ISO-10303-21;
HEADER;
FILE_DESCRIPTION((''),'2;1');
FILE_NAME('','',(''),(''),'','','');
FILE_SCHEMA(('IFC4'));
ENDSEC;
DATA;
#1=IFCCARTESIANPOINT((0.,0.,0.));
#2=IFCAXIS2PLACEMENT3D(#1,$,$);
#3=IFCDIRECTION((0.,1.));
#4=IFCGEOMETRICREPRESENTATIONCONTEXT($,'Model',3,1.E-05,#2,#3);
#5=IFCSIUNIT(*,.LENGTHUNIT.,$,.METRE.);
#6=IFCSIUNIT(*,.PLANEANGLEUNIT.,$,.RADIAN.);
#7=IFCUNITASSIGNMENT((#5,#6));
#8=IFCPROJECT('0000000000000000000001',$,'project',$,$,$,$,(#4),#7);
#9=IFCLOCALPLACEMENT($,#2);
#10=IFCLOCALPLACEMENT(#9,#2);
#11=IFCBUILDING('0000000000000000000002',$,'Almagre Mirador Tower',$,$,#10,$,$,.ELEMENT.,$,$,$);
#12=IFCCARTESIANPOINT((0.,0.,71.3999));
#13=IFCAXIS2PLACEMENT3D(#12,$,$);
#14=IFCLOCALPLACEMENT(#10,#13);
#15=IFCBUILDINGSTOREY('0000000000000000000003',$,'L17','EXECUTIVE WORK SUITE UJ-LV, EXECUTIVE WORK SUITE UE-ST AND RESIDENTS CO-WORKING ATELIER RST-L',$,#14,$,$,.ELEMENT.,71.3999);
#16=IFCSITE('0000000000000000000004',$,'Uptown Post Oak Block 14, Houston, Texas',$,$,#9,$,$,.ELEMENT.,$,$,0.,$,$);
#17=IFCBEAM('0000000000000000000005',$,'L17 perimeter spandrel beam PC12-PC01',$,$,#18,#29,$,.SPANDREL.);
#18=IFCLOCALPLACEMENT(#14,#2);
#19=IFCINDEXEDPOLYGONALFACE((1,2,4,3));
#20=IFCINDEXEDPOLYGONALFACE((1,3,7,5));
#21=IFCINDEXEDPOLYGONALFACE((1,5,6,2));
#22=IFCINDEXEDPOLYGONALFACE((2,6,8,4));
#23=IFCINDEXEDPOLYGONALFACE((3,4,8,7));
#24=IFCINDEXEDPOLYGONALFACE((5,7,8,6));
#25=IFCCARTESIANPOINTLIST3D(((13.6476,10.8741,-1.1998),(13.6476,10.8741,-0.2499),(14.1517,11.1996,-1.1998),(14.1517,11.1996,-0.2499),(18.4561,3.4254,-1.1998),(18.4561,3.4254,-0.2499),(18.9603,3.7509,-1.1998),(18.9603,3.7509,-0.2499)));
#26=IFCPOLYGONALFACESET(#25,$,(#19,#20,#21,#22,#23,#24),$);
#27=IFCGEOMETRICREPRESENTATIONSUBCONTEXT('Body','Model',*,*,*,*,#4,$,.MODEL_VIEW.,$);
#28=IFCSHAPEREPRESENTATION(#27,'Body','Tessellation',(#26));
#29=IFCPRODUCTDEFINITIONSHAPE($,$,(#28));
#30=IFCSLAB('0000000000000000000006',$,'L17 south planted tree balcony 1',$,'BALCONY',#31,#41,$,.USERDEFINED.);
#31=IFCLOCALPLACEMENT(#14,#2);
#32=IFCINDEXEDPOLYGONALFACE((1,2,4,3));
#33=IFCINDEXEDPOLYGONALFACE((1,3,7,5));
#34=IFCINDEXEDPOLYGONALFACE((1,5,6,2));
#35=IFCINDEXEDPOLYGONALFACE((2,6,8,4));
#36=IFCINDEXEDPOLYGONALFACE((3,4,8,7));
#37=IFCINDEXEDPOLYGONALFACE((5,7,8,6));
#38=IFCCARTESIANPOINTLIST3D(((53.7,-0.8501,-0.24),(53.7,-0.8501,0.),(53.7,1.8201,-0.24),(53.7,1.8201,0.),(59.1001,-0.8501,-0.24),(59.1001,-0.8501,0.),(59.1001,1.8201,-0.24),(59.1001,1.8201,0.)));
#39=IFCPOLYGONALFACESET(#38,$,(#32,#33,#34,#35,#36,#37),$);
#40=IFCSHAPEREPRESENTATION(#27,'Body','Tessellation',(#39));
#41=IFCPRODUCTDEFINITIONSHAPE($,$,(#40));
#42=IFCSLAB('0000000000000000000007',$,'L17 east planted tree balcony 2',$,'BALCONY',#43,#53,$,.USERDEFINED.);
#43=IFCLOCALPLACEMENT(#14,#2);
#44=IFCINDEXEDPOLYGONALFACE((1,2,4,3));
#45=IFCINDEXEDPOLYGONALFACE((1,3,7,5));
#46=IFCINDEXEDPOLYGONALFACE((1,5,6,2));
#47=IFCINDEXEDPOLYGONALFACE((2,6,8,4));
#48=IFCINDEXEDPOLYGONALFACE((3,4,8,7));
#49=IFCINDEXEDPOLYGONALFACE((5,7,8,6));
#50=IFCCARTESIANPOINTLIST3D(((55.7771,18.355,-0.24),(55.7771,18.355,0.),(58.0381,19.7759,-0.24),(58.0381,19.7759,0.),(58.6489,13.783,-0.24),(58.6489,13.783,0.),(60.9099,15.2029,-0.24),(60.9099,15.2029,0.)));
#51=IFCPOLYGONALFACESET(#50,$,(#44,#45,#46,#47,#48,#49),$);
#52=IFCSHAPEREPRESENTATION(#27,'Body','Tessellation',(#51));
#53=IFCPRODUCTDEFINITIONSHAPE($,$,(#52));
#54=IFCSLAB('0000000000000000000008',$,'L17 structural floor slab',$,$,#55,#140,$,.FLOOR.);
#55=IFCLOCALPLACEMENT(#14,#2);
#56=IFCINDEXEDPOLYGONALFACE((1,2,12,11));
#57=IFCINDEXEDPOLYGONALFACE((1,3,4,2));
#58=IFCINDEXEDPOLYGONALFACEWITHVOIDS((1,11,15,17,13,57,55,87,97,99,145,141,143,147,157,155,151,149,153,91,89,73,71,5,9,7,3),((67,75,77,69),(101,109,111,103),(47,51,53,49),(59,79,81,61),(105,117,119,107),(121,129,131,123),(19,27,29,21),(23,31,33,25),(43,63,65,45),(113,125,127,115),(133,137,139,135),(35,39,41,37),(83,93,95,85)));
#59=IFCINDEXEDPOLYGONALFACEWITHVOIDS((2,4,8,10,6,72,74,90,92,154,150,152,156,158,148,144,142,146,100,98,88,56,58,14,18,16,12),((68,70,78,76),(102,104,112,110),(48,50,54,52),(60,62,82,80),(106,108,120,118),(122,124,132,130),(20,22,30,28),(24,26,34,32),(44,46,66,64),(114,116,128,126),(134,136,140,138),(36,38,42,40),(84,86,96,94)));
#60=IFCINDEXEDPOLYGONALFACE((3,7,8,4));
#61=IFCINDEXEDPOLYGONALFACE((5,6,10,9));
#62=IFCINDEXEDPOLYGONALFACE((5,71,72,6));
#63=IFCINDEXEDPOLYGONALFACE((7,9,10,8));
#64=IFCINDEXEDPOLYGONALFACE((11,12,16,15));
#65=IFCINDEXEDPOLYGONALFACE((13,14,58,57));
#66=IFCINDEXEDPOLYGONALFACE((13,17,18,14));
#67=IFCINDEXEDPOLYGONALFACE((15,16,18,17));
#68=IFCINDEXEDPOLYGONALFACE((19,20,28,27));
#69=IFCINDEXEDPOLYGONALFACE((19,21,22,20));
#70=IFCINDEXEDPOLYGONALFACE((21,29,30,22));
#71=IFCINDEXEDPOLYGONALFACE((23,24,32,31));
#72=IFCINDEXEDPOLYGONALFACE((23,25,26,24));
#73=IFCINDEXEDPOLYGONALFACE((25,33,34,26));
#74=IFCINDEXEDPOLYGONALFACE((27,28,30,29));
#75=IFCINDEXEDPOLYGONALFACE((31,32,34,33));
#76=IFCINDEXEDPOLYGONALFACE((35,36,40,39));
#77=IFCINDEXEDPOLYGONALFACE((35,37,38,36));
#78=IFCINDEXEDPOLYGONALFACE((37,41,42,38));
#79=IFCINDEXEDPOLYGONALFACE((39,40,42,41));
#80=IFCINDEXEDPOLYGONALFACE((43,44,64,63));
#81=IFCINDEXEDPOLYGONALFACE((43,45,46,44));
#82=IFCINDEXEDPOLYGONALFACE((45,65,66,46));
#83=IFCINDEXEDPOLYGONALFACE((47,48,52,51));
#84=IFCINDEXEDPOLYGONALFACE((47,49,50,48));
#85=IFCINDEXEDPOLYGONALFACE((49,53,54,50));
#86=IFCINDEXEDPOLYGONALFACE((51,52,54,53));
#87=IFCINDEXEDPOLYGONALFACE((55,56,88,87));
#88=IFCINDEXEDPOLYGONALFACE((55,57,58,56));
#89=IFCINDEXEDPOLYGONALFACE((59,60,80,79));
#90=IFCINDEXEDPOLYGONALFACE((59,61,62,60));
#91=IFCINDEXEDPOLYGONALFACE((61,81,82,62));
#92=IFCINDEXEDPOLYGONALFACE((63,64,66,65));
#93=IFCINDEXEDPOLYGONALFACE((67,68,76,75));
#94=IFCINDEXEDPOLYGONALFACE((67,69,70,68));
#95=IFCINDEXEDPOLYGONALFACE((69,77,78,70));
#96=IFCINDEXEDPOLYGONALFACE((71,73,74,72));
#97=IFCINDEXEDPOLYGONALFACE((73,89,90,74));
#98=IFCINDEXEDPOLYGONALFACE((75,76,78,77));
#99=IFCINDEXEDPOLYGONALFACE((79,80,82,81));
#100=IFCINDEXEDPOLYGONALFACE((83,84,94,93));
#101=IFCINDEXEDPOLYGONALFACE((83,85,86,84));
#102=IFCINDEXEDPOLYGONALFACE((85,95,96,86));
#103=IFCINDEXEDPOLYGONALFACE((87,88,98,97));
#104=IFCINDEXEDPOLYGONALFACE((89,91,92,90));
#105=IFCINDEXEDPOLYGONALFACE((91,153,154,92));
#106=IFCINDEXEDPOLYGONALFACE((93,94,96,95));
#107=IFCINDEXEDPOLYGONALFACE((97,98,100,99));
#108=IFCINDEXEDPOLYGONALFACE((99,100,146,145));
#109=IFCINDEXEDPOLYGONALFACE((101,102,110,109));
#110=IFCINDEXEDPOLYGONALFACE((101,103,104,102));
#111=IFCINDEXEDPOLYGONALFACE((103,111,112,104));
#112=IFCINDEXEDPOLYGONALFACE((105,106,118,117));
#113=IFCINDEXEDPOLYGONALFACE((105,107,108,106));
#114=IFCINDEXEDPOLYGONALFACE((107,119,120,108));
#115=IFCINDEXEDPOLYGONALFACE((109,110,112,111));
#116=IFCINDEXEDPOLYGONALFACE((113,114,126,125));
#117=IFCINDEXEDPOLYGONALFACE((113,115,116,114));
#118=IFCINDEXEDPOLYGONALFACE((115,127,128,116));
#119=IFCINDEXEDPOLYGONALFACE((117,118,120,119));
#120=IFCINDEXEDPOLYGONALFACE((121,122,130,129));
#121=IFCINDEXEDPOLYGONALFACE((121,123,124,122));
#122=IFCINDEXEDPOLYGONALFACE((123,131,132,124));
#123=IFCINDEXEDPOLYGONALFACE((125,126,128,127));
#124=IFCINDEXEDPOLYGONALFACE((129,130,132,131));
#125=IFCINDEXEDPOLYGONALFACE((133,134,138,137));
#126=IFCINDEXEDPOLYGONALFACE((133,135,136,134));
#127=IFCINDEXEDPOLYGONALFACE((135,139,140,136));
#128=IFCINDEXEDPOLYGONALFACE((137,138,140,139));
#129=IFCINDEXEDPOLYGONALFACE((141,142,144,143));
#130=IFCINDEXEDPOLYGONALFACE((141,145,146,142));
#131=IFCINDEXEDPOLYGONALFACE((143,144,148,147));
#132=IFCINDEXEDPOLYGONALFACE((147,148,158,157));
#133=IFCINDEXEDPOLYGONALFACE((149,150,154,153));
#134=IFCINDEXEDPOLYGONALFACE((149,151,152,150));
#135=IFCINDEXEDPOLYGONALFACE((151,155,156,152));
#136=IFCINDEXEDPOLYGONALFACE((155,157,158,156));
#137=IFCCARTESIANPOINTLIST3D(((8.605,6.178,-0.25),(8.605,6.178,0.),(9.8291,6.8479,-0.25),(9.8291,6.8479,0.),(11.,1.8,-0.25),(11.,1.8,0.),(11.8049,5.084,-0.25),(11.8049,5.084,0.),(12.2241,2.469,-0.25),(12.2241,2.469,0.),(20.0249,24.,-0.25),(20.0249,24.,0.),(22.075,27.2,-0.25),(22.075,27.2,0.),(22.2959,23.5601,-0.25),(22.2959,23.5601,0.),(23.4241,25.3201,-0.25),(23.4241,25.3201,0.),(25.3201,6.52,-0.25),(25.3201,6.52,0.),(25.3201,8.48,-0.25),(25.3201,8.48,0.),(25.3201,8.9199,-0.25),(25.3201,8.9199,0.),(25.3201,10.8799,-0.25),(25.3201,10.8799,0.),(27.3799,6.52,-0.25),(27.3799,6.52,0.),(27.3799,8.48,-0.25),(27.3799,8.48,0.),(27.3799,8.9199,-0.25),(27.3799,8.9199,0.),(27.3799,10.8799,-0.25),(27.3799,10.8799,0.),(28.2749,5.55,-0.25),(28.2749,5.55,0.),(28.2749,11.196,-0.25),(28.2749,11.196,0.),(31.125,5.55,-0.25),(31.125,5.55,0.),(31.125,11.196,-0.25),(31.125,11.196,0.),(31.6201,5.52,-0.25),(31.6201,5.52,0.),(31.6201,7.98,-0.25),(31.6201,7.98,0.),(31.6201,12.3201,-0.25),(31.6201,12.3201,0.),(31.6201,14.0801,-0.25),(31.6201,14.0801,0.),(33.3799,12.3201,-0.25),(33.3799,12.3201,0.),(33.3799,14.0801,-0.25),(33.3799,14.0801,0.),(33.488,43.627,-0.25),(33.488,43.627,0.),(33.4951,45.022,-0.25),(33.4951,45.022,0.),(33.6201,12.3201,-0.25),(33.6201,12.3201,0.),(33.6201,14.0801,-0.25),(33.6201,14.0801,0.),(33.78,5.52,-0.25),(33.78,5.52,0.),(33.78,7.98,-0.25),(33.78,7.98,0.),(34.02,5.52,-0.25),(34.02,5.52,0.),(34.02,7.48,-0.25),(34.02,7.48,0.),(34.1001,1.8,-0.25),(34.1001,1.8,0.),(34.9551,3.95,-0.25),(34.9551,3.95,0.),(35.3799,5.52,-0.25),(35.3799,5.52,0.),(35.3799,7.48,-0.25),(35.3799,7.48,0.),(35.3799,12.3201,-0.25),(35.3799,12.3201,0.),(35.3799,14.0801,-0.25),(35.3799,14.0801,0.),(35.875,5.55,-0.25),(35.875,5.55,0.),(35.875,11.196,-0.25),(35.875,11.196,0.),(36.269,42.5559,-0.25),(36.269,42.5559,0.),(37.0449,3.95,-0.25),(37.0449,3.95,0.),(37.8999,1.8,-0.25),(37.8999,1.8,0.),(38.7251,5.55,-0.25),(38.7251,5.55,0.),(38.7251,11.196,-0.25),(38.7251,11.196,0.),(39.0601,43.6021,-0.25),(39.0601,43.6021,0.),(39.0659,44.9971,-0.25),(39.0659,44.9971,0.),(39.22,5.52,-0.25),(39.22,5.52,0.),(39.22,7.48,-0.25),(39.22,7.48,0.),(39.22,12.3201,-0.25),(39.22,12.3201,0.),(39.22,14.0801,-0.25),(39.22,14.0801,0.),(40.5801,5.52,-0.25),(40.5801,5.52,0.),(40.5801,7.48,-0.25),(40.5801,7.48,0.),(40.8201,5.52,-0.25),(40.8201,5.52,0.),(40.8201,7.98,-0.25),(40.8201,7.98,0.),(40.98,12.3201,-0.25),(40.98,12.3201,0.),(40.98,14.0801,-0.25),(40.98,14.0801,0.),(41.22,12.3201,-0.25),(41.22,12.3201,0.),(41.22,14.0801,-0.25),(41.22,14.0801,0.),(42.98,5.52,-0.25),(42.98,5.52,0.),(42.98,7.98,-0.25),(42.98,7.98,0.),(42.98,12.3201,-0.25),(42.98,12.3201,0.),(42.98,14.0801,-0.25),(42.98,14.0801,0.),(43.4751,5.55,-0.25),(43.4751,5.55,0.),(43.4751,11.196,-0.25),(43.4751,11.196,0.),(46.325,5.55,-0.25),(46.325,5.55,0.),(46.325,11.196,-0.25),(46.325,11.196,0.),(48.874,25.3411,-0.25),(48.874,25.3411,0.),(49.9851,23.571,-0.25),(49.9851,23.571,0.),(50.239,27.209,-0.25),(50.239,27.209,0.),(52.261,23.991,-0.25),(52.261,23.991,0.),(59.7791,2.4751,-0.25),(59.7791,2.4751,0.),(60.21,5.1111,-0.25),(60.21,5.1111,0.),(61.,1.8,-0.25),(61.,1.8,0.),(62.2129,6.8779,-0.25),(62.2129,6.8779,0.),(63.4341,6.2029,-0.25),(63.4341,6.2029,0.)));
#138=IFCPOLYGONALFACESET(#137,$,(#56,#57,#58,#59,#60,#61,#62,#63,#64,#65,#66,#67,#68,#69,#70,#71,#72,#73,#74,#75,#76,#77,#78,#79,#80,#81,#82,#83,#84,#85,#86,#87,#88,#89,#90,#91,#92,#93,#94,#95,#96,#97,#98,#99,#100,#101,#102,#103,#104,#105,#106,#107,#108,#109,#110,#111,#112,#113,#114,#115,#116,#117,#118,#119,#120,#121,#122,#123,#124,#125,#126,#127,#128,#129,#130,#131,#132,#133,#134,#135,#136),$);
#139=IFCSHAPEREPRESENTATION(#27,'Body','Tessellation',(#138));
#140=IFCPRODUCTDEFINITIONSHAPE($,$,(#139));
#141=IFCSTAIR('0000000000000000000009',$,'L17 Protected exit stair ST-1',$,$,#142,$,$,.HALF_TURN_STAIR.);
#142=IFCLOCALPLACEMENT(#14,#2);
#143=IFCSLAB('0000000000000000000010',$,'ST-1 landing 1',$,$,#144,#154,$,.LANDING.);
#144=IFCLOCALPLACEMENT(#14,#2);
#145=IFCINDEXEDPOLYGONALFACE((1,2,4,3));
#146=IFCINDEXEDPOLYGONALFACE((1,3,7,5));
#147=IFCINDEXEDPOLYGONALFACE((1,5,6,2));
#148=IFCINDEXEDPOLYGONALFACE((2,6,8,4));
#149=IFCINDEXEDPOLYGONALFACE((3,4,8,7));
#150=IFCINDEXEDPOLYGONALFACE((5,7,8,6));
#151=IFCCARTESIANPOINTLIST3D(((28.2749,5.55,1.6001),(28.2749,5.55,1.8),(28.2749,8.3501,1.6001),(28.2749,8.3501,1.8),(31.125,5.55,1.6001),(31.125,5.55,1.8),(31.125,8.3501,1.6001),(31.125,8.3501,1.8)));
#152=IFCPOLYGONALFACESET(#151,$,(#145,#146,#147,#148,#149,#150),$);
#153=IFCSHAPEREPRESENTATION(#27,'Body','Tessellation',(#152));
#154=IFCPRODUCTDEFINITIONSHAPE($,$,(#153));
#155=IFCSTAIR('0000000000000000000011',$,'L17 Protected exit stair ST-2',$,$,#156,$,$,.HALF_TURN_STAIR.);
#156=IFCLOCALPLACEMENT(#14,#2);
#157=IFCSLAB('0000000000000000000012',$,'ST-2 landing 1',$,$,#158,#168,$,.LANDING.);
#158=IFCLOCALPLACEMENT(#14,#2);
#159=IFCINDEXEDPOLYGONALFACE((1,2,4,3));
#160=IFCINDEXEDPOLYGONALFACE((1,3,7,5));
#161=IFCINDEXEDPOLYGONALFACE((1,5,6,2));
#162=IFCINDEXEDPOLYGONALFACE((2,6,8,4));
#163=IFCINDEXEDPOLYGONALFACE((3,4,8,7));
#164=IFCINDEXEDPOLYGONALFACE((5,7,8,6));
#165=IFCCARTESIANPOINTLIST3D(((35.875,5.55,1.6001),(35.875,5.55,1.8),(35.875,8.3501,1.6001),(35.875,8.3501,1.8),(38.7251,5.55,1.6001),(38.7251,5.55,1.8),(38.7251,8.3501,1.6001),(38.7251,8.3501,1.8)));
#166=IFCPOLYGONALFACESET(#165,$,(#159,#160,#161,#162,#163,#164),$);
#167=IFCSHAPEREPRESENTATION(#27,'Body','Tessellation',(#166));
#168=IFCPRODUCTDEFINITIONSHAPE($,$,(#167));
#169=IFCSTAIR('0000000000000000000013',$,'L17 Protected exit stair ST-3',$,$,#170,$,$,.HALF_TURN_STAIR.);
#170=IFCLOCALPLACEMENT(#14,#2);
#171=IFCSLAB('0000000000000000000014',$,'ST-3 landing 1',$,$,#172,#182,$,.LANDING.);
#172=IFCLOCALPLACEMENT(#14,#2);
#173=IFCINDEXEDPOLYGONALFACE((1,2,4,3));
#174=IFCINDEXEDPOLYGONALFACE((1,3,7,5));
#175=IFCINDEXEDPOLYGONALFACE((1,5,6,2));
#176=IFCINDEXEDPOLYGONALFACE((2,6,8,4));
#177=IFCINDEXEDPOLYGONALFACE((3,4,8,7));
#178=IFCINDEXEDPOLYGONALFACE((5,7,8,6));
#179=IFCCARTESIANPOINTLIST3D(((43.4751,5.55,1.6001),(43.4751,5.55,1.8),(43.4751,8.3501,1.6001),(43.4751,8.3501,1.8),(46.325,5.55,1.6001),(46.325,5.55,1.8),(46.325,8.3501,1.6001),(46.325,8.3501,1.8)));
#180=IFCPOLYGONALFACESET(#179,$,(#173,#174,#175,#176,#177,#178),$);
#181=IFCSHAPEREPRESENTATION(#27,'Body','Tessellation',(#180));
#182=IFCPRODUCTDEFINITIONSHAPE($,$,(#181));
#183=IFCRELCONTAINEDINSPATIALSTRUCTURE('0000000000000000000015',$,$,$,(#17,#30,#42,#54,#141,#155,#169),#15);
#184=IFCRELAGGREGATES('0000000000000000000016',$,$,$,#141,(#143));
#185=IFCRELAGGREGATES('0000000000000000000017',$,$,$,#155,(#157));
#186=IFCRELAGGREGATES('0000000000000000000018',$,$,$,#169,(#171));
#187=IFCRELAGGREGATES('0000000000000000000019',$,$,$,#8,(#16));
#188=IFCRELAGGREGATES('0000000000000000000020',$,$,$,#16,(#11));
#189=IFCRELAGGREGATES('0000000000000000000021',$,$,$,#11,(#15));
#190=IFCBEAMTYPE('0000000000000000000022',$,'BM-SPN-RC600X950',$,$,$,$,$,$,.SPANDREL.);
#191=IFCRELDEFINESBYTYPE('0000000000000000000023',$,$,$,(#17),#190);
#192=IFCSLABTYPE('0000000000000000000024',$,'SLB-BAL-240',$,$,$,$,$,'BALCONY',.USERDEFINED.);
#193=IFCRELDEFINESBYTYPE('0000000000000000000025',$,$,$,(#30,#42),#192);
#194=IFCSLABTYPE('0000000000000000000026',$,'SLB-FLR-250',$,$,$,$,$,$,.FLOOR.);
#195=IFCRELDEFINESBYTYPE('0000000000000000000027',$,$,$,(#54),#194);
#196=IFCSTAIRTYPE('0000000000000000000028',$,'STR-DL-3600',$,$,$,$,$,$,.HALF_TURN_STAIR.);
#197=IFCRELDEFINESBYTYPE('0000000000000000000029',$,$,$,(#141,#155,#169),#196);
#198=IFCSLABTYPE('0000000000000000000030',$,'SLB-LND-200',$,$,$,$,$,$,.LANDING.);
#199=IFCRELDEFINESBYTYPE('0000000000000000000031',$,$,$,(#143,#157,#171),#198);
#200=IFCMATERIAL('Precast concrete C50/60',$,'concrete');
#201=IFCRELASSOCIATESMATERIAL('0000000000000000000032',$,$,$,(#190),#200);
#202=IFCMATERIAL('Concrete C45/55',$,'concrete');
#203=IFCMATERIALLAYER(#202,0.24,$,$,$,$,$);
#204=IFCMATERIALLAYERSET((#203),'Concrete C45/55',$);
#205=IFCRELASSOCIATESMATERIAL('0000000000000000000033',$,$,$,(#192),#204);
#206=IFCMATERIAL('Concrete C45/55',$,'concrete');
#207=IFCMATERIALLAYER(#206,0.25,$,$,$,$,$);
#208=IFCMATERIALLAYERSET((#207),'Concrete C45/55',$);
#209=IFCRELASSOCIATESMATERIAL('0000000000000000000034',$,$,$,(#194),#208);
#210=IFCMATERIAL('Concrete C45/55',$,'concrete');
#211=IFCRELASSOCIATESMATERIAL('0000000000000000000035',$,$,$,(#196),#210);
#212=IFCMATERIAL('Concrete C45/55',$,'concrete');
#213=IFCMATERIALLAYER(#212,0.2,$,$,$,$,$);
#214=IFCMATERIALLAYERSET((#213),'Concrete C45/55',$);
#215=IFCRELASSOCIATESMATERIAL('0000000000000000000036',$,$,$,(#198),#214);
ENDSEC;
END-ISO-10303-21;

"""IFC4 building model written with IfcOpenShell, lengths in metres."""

from ifc_helpers import new_model, si_unit, direction, frame, origin, origin_2d, place, context, subcontext, project, spatial, polyline, rectangle, outline, extrude, material, layer, layer_set, material_profile, profile_set, type_object, element, aggregate, save


model = new_model("IFC4")

# Units and contexts
model_context = context("Model", 3, precision=1e-05, world=origin(), true_north=direction((0.0, 1.0)))
body_context = subcontext(model_context, "Body", "Model", "MODEL_VIEW")
ifc_project = project(units=[si_unit("LENGTHUNIT", "METRE"), si_unit("PLANEANGLEUNIT", "RADIAN")], contexts=[model_context])

# Site, building, storey
site_placement = place(None, origin())
site = spatial("IfcSite", under=ifc_project, at=site_placement, Name="Uptown Post Oak Block 14, Houston, Texas", CompositionType="ELEMENT", RefElevation=0.0)
building_placement = place(site_placement, origin())
building = spatial("IfcBuilding", under=site, at=building_placement, Name="Almagre Mirador Tower", CompositionType="ELEMENT")
storey_placement = place(building_placement, frame((0.0, 0.0, 71.3999)))
storey = spatial("IfcBuildingStorey", under=building, at=storey_placement, Name="L17", Description="EXECUTIVE WORK SUITE UJ-LV, EXECUTIVE WORK SUITE UE-ST AND RESIDENTS CO-WORKING ATELIER RST-L", CompositionType="ELEMENT", Elevation=71.3999)

# Beam
ifc_material_1 = material(Name="Precast concrete C50/60", Category="concrete")
ifc_material_profile = material_profile(ifc_material_1, rectangle(XDim=0.6001, YDim=0.95, at=origin_2d()), Name="RC600X950")
ifc_profile_set = profile_set([ifc_material_profile], Name="Precast concrete C50/60")
beam_type = type_object("IfcBeamType", Name="BM-SPN-RC600X950", PredefinedType="SPANDREL", material=ifc_profile_set)
beam_placement = place(storey_placement, frame((13.8997, 11.0369, -0.7249), z_axis=(0.542363, -0.840144, 0.0), x_axis=(0.840144, 0.542363, 0.0)))
element("IfcBeam", 1, at=beam_placement, inside=storey, type_object=beam_type, Name="L17 perimeter spandrel beam PC12-PC01", PredefinedType="SPANDREL", context=body_context, shape_type="SweptSolid", body=[
    extrude(rectangle(XDim=0.6001, YDim=0.95, at=origin_2d()), origin(), (0.0, 0.0, 1.0), 8.866),
])

# Slabs
ifc_material_2 = material(Name="Concrete C45/55", Category="concrete")
ifc_layer_1 = layer(ifc_material_2, 0.24)
ifc_layer_set_1 = layer_set([ifc_layer_1], Name="Concrete C45/55")
slab_type_1 = type_object("IfcSlabType", Name="SLB-BAL-240", ElementType="BALCONY", PredefinedType="USERDEFINED", material=ifc_layer_set_1)
slab_1_placement = place(storey_placement, frame((0.0, 0.0, -0.24)))
element("IfcSlab", 2, at=slab_1_placement, inside=storey, type_object=slab_type_1, Name="L17 south planted tree balcony 1", ObjectType="BALCONY", PredefinedType="USERDEFINED", context=body_context, shape_type="SweptSolid", body=[
    extrude(outline(polyline([(53.7, 1.8201), (59.1001, 1.8201), (59.1001, -0.8501), (53.7, -0.8501), (53.7, 1.8201)])), origin(), (0.0, 0.0, 1.0), 0.24),
])
slab_2_placement = place(storey_placement, frame((0.0, 0.0, -0.24)))
element("IfcSlab", 3, at=slab_2_placement, inside=storey, type_object=slab_type_1, Name="L17 east planted tree balcony 2", ObjectType="BALCONY", PredefinedType="USERDEFINED", context=body_context, shape_type="SweptSolid", body=[
    extrude(outline(polyline([(58.6489, 13.783), (55.7771, 18.355), (58.0381, 19.7759), (60.9099, 15.2029), (58.6489, 13.783)])), origin(), (0.0, 0.0, 1.0), 0.24),
])
ifc_material_3 = material(Name="Concrete C45/55", Category="concrete")
ifc_layer_2 = layer(ifc_material_3, 0.25)
ifc_layer_set_2 = layer_set([ifc_layer_2], Name="Concrete C45/55")
slab_type_2 = type_object("IfcSlabType", Name="SLB-FLR-250", PredefinedType="FLOOR", material=ifc_layer_set_2)
slab_3_placement = place(storey_placement, frame((0.0, 0.0, -0.25)))
element("IfcSlab", 4, at=slab_3_placement, inside=storey, type_object=slab_type_2, Name="L17 structural floor slab", PredefinedType="FLOOR", context=body_context, shape_type="SweptSolid", body=[
    extrude(outline(polyline([(8.605, 6.178), (9.8291, 6.8479), (11.8049, 5.084), (12.2241, 2.469), (11.0, 1.8), (34.1001, 1.8), (34.9551, 3.95), (37.0449, 3.95), (37.8999, 1.8), (61.0, 1.8), (59.7791, 2.4751), (60.21, 5.1111), (62.2129, 6.8779), (63.4341, 6.2029), (52.261, 23.991), (49.9851, 23.571), (48.874, 25.3411), (50.239, 27.209), (39.0659, 44.9971), (39.0601, 43.6021), (36.269, 42.5559), (33.488, 43.627), (33.4951, 45.022), (22.075, 27.2), (23.4241, 25.3201), (22.2959, 23.5601), (20.0249, 24.0), (8.605, 6.178)]), holes=[polyline([(43.4751, 11.196), (46.325, 11.196), (46.325, 5.55), (43.4751, 5.55), (43.4751, 11.196)]), polyline([(40.8201, 5.52), (40.8201, 7.98), (42.98, 7.98), (42.98, 5.52), (40.8201, 5.52)]), polyline([(41.22, 12.3201), (41.22, 14.0801), (42.98, 14.0801), (42.98, 12.3201), (41.22, 12.3201)]), polyline([(39.22, 12.3201), (39.22, 14.0801), (40.98, 14.0801), (40.98, 12.3201), (39.22, 12.3201)]), polyline([(39.22, 5.52), (39.22, 7.48), (40.5801, 7.48), (40.5801, 5.52), (39.22, 5.52)]), polyline([(35.875, 11.196), (38.7251, 11.196), (38.7251, 5.55), (35.875, 5.55), (35.875, 11.196)]), polyline([(35.3799, 5.52), (34.02, 5.52), (34.02, 7.48), (35.3799, 7.48), (35.3799, 5.52)]), polyline([(35.3799, 12.3201), (33.6201, 12.3201), (33.6201, 14.0801), (35.3799, 14.0801), (35.3799, 12.3201)]), polyline([(31.6201, 5.52), (31.6201, 7.98), (33.78, 7.98), (33.78, 5.52), (31.6201, 5.52)]), polyline([(31.6201, 12.3201), (31.6201, 14.0801), (33.3799, 14.0801), (33.3799, 12.3201), (31.6201, 12.3201)]), polyline([(28.2749, 5.55), (28.2749, 11.196), (31.125, 11.196), (31.125, 5.55), (28.2749, 5.55)]), polyline([(25.3201, 6.52), (25.3201, 8.48), (27.3799, 8.48), (27.3799, 6.52), (25.3201, 6.52)]), polyline([(25.3201, 8.9199), (25.3201, 10.8799), (27.3799, 10.8799), (27.3799, 8.9199), (25.3201, 8.9199)])]), origin(), (0.0, 0.0, 1.0), 0.25),
])

# Stairs, slabs
ifc_material_4 = material(Name="Concrete C45/55", Category="concrete")
stair_type = type_object("IfcStairType", Name="STR-DL-3600", PredefinedType="HALF_TURN_STAIR", material=ifc_material_4)
stair_1_placement = place(storey_placement, origin())
stair_1 = element("IfcStair", 5, at=stair_1_placement, inside=storey, type_object=stair_type, Name="L17 Protected exit stair ST-1", PredefinedType="HALF_TURN_STAIR")
ifc_material_5 = material(Name="Concrete C45/55", Category="concrete")
ifc_layer_3 = layer(ifc_material_5, 0.2)
ifc_layer_set_3 = layer_set([ifc_layer_3], Name="Concrete C45/55")
slab_type_3 = type_object("IfcSlabType", Name="SLB-LND-200", PredefinedType="LANDING", material=ifc_layer_set_3)
slab_4_placement = place(storey_placement, frame((0.0, 0.0, 1.6001)))
slab_4 = element("IfcSlab", 6, at=slab_4_placement, type_object=slab_type_3, Name="ST-1 landing 1", PredefinedType="LANDING", context=body_context, shape_type="SweptSolid", body=[
    extrude(outline(polyline([(28.2749, 8.3501), (28.2749, 5.55), (31.125, 5.55), (31.125, 8.3501), (28.2749, 8.3501)])), origin(), (0.0, 0.0, 1.0), 0.2),
])
aggregate(stair_1, [slab_4])
stair_2_placement = place(storey_placement, origin())
stair_2 = element("IfcStair", 7, at=stair_2_placement, inside=storey, type_object=stair_type, Name="L17 Protected exit stair ST-2", PredefinedType="HALF_TURN_STAIR")
slab_5_placement = place(storey_placement, frame((0.0, 0.0, 1.6001)))
slab_5 = element("IfcSlab", 8, at=slab_5_placement, type_object=slab_type_3, Name="ST-2 landing 1", PredefinedType="LANDING", context=body_context, shape_type="SweptSolid", body=[
    extrude(outline(polyline([(35.875, 8.3501), (35.875, 5.55), (38.7251, 5.55), (38.7251, 8.3501), (35.875, 8.3501)])), origin(), (0.0, 0.0, 1.0), 0.2),
])
aggregate(stair_2, [slab_5])
stair_3_placement = place(storey_placement, origin())
stair_3 = element("IfcStair", 9, at=stair_3_placement, inside=storey, type_object=stair_type, Name="L17 Protected exit stair ST-3", PredefinedType="HALF_TURN_STAIR")
slab_6_placement = place(storey_placement, frame((0.0, 0.0, 1.6001)))
slab_6 = element("IfcSlab", 10, at=slab_6_placement, type_object=slab_type_3, Name="ST-3 landing 1", PredefinedType="LANDING", context=body_context, shape_type="SweptSolid", body=[
    extrude(outline(polyline([(43.4751, 8.3501), (43.4751, 5.55), (46.325, 5.55), (46.325, 8.3501), (43.4751, 8.3501)])), origin(), (0.0, 0.0, 1.0), 0.2),
])
aggregate(stair_3, [slab_6])

save(model, "model.ifc")
